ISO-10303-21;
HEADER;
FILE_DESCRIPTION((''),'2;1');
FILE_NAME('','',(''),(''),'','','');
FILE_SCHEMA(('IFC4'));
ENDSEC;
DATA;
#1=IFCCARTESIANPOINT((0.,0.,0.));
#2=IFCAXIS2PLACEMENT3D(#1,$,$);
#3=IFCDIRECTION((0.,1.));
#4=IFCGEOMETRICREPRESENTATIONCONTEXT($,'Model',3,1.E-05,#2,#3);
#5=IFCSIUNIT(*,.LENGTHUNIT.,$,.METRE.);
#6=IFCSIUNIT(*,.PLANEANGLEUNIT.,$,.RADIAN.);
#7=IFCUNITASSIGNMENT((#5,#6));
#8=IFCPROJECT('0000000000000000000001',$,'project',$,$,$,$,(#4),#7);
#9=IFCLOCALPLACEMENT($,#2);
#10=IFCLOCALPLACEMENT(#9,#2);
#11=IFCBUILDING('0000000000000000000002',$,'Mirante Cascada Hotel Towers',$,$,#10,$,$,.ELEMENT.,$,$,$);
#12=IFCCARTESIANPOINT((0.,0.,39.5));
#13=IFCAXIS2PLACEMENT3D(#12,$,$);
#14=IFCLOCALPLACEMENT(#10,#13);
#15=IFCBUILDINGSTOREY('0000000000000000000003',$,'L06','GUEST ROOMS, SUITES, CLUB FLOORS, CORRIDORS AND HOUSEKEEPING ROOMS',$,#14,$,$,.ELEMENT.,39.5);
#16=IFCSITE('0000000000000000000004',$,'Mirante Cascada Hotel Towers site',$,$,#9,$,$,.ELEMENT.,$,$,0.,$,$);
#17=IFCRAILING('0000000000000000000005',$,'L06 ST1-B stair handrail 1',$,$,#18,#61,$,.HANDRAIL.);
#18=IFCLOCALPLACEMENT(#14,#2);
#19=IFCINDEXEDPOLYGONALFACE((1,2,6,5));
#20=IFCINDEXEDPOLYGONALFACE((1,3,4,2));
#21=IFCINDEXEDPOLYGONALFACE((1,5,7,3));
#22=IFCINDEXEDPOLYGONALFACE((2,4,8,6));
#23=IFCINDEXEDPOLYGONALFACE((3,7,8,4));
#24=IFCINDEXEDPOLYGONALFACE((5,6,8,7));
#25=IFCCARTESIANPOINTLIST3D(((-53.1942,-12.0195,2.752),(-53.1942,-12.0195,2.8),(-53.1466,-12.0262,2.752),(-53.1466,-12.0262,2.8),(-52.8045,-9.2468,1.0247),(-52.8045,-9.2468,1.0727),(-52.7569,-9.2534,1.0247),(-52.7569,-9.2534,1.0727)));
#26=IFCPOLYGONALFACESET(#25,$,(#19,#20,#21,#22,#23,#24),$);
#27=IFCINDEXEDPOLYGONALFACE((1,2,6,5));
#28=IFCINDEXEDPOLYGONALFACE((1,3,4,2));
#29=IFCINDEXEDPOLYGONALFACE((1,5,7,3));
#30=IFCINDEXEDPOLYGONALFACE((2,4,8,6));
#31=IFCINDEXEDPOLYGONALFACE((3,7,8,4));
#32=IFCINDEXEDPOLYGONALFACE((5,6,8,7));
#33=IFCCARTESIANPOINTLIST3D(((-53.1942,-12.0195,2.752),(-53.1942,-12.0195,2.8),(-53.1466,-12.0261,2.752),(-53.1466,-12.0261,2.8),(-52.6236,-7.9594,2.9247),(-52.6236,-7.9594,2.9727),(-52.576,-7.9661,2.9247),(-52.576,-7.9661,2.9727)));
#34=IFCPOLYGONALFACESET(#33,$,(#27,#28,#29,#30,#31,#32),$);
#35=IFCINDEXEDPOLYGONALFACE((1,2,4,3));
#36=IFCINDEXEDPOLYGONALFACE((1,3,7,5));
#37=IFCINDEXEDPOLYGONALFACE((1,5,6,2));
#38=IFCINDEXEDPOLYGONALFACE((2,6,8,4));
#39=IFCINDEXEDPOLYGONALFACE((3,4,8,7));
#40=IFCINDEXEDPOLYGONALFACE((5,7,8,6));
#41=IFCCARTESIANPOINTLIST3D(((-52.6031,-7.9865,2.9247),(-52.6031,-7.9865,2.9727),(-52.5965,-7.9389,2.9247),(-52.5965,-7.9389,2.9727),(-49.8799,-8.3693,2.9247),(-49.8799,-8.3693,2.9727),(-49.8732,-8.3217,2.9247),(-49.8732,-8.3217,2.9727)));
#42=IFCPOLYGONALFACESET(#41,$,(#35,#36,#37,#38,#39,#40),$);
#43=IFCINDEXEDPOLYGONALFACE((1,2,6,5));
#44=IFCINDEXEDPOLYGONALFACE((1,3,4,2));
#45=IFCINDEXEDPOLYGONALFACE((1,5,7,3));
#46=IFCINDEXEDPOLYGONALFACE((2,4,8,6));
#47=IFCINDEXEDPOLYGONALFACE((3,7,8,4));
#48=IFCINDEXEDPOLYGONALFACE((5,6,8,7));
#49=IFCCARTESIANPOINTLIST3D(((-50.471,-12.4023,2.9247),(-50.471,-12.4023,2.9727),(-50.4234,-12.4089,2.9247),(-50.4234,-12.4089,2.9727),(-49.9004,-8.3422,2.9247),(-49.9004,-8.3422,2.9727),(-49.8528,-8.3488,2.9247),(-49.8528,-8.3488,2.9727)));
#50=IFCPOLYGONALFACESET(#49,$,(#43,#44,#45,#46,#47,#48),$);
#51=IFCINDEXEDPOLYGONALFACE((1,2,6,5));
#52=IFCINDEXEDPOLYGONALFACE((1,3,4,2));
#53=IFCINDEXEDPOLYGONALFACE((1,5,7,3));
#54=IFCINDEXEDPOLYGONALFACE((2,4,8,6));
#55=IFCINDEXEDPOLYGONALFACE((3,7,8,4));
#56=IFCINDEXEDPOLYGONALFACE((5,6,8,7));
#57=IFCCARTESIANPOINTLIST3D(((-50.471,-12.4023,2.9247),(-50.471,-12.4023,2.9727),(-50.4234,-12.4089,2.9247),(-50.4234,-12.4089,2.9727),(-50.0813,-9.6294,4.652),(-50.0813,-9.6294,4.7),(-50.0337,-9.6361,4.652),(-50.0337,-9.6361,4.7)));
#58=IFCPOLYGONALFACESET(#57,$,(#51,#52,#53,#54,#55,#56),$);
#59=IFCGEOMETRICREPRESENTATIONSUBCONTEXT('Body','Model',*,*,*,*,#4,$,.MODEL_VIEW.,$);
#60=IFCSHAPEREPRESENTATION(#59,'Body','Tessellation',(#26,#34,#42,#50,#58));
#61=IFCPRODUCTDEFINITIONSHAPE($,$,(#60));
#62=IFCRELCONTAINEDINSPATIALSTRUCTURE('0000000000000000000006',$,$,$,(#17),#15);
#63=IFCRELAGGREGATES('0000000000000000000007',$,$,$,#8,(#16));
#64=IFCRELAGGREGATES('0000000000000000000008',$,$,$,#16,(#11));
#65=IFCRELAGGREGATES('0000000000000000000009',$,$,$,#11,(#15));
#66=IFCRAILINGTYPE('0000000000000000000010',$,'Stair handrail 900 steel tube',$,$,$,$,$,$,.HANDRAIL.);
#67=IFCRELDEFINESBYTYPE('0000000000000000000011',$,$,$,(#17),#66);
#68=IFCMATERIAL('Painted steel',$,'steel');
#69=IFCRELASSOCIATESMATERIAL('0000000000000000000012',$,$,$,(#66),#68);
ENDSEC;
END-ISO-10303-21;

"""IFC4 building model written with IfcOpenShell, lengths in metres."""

from ifc_helpers import new_model, si_unit, direction, frame, origin, origin_2d, place, context, subcontext, project, spatial, rectangle, extrude, material, type_object, element, save


model = new_model("IFC4")

# Units and contexts
model_context = context("Model", 3, precision=1e-05, world=origin(), true_north=direction((0.0, 1.0)))
body_context = subcontext(model_context, "Body", "Model", "MODEL_VIEW")
ifc_project = project(units=[si_unit("LENGTHUNIT", "METRE"), si_unit("PLANEANGLEUNIT", "RADIAN")], contexts=[model_context])

# Site, building, storey
site_placement = place(None, origin())
site = spatial("IfcSite", under=ifc_project, at=site_placement, Name="Mirante Cascada Hotel Towers site", CompositionType="ELEMENT", RefElevation=0.0)
building_placement = place(site_placement, origin())
building = spatial("IfcBuilding", under=site, at=building_placement, Name="Mirante Cascada Hotel Towers", CompositionType="ELEMENT")
storey_placement = place(building_placement, frame((0.0, 0.0, 39.5)))
storey = spatial("IfcBuildingStorey", under=building, at=storey_placement, Name="L06", Description="GUEST ROOMS, SUITES, CLUB FLOORS, CORRIDORS AND HOUSEKEEPING ROOMS", CompositionType="ELEMENT", Elevation=39.5)

# Railing
ifc_material_1 = material(Name="Painted steel", Category="steel")
railing_type_1 = type_object("IfcRailingType", Name="Stair handrail 900 steel tube", PredefinedType="HANDRAIL", material=ifc_material_1)
railing_1_placement = place(storey_placement, frame((-52.7807, -9.2501, 0.1727)))
element("IfcRailing", 1, at=railing_1_placement, inside=storey, type_object=railing_type_1, Name="L06 ST1-B stair handrail 1", PredefinedType="HANDRAIL", context=body_context, shape_type="SweptSolid", body=[
    extrude(rectangle(XDim=0.048, YDim=0.048, at=origin_2d()), frame((0.0, 0.0, 0.876), z_axis=(-0.139181, -0.990267, 0.0), x_axis=(0.990267, -0.139181, 0.0)), (0.0, 0.525035, 0.851081), 3.2899),
    extrude(rectangle(XDim=0.048, YDim=0.048, at=origin_2d()), frame((-0.3897, -2.7727, 2.6033), z_axis=(0.139171, 0.990268, 0.0), x_axis=(-0.990268, 0.139171, 0.0)), (0.0, 0.042085, 0.999114), 4.1036),
    extrude(rectangle(XDim=0.048, YDim=0.048, at=origin_2d()), frame((0.1809, 1.2874, 2.776), z_axis=(0.990264, -0.139201, 0.0), x_axis=(0.139201, 0.990264, 0.0)), (0.0, 0.0, 1.0), 2.75),
    extrude(rectangle(XDim=0.048, YDim=0.048, at=origin_2d()), frame((2.9041, 0.9046, 2.776), z_axis=(-0.139171, -0.990268, 0.0), x_axis=(0.990268, -0.139171, 0.0)), (0.0, 0.0, 1.0), 4.1),
    extrude(rectangle(XDim=0.048, YDim=0.048, at=origin_2d()), frame((2.3335, -3.1555, 2.776), z_axis=(0.139176, 0.990268, 0.0), x_axis=(-0.990268, 0.139176, 0.0)), (0.0, 0.525021, 0.851089), 3.29),
])

save(model, "model.ifc")
